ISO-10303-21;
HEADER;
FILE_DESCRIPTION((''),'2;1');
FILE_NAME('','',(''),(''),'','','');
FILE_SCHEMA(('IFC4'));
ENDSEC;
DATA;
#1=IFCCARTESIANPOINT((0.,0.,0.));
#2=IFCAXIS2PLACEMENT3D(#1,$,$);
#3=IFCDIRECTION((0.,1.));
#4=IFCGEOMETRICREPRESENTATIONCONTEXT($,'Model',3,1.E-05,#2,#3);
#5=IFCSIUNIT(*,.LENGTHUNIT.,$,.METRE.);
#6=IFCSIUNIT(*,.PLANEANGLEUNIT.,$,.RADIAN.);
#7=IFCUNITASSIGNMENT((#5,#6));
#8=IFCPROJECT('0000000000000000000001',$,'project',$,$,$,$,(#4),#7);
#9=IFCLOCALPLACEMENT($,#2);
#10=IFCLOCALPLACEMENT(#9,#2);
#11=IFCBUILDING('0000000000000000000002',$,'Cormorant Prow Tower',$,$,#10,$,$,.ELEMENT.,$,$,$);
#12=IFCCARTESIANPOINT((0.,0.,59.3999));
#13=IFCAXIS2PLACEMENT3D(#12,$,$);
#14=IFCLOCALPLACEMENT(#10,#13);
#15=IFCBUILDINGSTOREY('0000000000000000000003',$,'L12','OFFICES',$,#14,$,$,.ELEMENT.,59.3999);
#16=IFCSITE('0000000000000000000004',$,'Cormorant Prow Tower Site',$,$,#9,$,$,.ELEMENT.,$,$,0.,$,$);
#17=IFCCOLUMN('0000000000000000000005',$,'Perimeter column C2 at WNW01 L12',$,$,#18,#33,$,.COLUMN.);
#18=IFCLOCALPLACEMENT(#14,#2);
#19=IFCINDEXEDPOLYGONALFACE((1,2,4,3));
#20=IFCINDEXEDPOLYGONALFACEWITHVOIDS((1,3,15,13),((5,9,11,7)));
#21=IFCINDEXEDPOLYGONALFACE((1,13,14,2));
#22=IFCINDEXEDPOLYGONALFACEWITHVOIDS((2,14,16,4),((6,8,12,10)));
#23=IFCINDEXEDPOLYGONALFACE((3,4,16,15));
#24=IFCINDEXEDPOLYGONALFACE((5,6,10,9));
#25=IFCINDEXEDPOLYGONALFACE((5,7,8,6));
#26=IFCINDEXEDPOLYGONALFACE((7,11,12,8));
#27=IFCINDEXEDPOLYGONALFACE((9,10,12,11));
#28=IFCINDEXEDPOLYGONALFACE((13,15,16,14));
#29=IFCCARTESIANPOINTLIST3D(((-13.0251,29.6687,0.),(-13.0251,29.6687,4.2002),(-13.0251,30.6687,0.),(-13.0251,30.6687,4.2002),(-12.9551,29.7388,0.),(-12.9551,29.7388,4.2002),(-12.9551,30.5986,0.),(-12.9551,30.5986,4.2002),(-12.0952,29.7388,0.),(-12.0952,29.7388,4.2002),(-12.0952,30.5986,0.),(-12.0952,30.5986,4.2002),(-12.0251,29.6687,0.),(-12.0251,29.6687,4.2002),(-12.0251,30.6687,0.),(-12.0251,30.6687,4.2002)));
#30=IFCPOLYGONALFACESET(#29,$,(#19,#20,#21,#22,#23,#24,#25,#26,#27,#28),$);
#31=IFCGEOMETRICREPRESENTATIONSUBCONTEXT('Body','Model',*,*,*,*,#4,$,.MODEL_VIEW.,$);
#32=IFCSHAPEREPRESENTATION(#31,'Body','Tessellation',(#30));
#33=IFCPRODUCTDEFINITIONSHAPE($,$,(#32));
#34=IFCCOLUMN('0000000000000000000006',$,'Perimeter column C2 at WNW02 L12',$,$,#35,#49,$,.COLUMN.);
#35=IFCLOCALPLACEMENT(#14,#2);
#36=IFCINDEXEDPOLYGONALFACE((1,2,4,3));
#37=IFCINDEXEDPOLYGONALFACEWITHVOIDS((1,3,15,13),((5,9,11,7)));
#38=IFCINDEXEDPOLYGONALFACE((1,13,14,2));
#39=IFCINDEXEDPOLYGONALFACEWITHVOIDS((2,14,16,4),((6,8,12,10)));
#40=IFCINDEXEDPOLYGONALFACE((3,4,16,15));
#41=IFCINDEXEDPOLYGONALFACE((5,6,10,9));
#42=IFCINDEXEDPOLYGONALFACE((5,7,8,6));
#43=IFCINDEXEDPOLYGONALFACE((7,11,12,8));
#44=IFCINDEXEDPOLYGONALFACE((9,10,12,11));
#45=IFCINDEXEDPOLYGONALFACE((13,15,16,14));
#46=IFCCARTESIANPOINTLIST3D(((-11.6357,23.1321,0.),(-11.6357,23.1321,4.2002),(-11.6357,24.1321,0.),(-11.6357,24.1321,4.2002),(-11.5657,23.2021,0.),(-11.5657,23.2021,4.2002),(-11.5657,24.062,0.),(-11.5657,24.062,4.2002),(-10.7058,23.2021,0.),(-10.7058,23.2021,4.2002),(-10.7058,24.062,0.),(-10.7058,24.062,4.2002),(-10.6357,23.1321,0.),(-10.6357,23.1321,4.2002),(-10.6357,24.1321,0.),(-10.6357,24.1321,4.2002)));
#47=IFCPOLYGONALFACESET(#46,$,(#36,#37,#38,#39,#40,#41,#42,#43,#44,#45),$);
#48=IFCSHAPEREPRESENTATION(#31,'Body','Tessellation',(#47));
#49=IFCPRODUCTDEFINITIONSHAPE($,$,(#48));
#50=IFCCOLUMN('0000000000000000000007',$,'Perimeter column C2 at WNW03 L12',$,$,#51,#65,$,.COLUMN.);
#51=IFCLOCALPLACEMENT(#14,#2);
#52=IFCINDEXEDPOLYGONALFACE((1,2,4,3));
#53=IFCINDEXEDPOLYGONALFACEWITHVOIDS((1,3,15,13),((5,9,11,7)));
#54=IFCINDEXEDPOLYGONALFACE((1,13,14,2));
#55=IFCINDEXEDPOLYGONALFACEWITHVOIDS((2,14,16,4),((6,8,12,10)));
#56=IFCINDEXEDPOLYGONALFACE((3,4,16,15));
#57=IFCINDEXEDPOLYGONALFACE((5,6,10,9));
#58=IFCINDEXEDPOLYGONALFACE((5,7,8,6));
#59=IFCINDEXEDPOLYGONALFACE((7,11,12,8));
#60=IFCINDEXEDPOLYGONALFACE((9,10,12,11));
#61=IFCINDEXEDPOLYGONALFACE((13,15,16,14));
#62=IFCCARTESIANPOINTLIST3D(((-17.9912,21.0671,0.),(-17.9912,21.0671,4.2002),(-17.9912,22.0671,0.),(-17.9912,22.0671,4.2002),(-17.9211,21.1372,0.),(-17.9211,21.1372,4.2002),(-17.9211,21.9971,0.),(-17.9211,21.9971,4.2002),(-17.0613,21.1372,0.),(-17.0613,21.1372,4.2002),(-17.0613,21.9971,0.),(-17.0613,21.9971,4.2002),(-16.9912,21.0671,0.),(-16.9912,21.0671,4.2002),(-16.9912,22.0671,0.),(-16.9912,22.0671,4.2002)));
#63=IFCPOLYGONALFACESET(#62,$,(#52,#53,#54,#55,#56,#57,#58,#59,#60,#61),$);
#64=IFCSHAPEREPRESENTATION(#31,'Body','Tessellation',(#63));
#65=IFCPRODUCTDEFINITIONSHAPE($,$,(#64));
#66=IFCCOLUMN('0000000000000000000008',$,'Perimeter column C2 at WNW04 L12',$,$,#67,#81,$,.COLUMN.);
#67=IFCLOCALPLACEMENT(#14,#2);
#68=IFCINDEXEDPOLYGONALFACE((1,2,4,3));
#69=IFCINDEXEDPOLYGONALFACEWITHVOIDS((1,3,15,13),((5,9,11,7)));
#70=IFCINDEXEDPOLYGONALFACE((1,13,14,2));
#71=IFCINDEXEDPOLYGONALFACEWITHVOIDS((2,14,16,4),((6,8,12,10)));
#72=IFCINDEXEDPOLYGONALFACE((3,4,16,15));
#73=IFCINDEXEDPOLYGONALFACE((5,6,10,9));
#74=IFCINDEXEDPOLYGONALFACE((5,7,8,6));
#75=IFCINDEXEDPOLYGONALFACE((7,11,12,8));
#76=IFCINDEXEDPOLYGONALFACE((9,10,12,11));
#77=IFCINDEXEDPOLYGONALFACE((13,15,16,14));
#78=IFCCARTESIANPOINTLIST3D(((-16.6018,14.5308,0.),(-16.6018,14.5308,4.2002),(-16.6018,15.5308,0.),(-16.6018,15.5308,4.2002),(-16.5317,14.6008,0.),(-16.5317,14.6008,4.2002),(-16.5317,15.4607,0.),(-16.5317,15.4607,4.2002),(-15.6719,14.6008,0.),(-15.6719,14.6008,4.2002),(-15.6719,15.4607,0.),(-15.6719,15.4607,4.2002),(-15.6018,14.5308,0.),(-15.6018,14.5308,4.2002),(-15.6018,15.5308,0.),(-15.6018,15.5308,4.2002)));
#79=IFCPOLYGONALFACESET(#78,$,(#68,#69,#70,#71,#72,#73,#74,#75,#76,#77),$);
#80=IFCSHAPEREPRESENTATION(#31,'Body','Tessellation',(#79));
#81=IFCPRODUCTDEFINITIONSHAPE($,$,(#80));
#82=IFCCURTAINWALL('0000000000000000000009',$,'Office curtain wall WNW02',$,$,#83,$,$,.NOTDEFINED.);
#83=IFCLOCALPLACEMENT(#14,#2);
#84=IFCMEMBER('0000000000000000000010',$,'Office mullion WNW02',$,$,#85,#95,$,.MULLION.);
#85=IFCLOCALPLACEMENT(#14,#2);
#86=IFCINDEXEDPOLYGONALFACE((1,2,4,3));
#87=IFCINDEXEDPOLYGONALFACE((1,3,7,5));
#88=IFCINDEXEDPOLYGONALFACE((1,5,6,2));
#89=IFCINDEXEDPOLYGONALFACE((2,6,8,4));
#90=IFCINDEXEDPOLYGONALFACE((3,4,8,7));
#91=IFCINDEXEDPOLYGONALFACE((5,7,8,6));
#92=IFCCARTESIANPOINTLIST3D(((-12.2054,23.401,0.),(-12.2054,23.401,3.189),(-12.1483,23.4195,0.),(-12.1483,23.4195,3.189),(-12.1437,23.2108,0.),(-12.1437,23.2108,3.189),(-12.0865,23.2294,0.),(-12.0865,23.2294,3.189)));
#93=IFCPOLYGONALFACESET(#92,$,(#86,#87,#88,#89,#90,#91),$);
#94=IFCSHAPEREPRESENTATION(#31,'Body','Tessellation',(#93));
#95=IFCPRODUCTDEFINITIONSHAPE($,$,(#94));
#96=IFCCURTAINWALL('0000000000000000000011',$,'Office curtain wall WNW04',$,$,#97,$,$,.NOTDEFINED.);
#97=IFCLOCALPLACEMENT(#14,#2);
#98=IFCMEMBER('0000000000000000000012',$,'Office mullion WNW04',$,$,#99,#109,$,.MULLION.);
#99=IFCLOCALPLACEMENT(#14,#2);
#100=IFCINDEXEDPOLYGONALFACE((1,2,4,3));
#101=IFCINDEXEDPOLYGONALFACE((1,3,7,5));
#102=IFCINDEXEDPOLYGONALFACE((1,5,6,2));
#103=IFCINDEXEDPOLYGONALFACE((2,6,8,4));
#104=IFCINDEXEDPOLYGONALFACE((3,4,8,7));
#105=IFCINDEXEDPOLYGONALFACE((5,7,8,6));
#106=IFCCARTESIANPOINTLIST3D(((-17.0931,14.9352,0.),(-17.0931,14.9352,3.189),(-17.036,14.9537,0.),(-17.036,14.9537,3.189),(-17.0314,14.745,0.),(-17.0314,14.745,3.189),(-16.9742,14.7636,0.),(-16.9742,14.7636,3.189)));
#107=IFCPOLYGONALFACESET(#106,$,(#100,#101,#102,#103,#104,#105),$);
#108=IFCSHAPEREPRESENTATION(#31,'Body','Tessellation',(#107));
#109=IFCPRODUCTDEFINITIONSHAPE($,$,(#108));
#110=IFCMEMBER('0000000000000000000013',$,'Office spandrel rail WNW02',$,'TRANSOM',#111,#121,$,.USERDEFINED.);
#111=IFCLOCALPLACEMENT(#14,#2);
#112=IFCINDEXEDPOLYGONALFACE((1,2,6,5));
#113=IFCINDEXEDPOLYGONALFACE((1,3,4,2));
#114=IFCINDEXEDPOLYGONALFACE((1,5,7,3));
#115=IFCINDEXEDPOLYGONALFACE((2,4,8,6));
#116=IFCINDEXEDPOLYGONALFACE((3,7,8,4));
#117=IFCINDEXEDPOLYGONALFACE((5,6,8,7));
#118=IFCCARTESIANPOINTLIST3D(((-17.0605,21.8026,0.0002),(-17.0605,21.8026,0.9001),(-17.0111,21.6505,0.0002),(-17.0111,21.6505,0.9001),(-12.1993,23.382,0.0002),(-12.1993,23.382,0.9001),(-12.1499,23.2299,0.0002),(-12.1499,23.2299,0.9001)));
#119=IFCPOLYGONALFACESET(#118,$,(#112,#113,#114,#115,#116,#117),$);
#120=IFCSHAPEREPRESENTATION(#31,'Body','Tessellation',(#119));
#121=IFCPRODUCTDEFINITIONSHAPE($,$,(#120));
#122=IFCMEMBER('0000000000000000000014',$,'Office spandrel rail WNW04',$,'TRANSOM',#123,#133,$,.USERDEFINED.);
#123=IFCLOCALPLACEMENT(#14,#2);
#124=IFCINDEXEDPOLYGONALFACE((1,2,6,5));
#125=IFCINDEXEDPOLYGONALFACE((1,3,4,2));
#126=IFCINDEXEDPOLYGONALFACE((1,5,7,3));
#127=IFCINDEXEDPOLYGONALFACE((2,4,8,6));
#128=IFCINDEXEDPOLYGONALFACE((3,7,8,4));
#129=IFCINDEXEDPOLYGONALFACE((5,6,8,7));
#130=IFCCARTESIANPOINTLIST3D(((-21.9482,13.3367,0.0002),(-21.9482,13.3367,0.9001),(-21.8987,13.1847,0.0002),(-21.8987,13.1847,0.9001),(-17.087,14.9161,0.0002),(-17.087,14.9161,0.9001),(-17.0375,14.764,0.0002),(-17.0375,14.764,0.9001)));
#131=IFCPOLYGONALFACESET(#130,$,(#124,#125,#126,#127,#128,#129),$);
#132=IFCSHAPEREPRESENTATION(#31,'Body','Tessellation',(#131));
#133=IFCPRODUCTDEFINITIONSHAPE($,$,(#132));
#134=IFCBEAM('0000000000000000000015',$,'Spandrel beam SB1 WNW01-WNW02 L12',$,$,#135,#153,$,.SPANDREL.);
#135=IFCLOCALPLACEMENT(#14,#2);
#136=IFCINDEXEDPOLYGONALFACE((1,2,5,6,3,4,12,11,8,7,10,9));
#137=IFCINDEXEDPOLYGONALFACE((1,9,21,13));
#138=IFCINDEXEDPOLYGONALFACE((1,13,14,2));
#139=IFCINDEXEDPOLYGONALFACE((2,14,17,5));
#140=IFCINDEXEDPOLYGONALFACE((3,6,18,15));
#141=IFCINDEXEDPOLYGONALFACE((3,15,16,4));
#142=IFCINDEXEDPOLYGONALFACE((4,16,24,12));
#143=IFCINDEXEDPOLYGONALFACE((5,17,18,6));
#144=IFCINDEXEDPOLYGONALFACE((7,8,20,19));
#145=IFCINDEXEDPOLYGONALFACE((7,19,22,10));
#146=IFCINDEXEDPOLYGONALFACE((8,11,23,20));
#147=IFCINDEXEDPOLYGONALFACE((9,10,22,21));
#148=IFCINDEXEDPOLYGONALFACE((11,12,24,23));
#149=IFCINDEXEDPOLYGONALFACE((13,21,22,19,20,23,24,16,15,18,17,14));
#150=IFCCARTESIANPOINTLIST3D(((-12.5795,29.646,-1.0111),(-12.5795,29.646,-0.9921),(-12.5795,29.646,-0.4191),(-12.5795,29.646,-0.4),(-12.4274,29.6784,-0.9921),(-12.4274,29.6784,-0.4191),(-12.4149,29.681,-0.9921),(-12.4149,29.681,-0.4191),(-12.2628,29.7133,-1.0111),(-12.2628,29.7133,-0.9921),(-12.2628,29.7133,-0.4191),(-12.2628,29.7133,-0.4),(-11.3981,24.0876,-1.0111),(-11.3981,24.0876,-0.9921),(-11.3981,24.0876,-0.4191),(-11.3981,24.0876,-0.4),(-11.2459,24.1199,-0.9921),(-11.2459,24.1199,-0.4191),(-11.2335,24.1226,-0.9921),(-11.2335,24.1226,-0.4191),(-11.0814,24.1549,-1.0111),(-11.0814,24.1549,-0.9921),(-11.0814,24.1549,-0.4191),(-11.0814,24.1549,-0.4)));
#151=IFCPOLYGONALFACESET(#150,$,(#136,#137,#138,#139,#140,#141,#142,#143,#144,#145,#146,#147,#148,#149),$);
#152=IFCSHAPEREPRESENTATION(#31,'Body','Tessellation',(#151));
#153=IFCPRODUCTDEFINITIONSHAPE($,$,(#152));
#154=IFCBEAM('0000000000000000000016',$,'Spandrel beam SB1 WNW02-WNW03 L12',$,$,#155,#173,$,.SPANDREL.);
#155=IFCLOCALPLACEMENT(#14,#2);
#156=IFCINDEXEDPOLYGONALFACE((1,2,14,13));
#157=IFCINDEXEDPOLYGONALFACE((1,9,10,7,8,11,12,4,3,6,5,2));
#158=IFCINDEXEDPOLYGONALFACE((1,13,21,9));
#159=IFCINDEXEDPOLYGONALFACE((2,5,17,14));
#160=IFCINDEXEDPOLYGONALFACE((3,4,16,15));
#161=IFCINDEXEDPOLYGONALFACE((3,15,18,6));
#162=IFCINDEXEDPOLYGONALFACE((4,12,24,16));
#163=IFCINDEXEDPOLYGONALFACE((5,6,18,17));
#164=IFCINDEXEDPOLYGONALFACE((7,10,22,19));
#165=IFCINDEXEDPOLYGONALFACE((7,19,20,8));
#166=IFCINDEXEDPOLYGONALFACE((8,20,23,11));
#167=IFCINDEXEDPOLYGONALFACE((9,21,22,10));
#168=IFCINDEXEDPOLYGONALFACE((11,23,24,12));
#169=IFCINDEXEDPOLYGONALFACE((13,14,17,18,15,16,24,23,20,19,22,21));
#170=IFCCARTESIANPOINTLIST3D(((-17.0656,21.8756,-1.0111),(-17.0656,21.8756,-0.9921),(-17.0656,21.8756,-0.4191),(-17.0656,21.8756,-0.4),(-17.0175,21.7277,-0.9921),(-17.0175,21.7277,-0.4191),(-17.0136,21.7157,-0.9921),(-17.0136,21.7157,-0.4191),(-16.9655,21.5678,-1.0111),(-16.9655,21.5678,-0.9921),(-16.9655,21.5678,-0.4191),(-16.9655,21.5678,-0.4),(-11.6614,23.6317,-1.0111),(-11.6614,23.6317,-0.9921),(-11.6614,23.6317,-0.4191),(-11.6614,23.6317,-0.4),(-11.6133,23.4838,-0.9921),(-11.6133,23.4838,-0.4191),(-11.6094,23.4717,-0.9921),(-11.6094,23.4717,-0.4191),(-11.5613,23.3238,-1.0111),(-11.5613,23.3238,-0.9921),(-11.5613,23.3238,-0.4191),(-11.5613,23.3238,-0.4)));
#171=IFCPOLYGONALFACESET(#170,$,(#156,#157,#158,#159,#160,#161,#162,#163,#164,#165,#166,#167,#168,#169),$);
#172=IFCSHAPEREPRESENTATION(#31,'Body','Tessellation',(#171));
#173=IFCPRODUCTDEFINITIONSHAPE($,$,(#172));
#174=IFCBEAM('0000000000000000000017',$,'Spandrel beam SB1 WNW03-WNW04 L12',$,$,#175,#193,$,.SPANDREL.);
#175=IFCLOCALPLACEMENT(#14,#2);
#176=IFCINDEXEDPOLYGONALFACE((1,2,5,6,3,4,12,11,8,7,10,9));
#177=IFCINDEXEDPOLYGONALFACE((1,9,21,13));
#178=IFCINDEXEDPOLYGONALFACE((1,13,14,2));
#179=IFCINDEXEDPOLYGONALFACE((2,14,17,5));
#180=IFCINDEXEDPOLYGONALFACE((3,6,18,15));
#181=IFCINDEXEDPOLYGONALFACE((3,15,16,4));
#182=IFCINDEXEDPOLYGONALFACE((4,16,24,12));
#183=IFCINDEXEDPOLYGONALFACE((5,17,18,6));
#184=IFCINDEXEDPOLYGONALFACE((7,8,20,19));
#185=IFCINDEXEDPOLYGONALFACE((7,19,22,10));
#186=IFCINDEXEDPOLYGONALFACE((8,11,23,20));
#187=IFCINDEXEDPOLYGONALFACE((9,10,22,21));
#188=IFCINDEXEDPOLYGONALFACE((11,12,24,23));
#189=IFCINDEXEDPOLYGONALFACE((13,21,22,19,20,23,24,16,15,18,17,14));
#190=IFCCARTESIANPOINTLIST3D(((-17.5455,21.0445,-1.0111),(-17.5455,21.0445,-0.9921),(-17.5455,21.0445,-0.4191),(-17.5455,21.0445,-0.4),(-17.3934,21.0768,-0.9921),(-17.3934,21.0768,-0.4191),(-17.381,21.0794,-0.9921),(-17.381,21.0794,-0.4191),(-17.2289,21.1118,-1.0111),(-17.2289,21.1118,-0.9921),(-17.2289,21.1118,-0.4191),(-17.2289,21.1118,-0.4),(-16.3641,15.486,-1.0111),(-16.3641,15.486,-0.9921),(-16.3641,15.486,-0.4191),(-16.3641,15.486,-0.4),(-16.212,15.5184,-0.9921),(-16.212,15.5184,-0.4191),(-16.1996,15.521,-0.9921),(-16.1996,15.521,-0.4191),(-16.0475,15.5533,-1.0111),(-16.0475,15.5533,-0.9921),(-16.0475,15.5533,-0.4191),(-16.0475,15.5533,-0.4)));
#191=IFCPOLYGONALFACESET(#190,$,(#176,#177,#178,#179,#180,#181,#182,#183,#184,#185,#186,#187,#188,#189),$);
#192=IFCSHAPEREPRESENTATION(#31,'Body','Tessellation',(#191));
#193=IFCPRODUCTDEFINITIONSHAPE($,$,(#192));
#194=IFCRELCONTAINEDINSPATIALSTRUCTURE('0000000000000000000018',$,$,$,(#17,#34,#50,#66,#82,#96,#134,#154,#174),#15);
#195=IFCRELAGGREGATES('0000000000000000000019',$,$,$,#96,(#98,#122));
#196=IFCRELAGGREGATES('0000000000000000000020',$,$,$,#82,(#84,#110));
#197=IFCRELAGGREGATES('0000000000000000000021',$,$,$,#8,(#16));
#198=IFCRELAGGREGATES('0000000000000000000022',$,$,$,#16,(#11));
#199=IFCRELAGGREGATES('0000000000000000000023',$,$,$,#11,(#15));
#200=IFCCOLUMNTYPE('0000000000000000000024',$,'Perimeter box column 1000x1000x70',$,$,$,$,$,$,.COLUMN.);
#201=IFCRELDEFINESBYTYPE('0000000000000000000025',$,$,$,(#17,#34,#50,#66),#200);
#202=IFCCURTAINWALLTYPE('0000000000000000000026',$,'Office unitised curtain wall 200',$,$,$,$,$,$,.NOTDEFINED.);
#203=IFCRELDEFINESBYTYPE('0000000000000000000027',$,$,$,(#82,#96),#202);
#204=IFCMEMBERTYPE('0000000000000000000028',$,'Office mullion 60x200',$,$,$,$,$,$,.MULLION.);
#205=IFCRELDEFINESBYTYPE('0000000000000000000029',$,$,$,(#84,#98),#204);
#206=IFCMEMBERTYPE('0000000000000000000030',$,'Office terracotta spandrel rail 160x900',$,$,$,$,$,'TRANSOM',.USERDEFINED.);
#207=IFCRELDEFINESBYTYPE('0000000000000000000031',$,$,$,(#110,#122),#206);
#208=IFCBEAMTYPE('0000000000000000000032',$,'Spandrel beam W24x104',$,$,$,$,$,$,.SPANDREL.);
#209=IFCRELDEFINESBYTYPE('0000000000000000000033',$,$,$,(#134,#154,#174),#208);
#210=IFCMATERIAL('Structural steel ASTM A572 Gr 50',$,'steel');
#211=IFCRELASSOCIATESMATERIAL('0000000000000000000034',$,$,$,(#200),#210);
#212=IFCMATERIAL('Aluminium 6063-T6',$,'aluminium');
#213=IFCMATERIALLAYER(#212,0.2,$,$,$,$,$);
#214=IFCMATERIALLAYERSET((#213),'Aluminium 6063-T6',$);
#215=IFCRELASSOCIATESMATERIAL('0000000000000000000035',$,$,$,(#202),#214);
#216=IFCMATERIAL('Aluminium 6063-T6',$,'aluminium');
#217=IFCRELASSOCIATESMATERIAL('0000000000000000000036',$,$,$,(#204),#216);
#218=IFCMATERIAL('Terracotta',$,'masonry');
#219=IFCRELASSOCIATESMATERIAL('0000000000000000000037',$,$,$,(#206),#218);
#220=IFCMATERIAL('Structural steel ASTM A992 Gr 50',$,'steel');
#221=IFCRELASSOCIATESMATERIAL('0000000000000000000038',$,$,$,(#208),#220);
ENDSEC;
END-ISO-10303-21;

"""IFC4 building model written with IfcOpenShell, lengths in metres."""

from ifc_helpers import new_model, si_unit, direction, frame, origin, origin_2d, place, context, subcontext, project, spatial, rectangle, hollow_rectangle, i_section, extrude, material, layer, layer_set, material_profile, profile_set, type_object, element, aggregate, save


model = new_model("IFC4")

# Units and contexts
model_context = context("Model", 3, precision=1e-05, world=origin(), true_north=direction((0.0, 1.0)))
body_context = subcontext(model_context, "Body", "Model", "MODEL_VIEW")
ifc_project = project(units=[si_unit("LENGTHUNIT", "METRE"), si_unit("PLANEANGLEUNIT", "RADIAN")], contexts=[model_context])

# Site, building, storey
site_placement = place(None, origin())
site = spatial("IfcSite", under=ifc_project, at=site_placement, Name="Cormorant Prow Tower Site", CompositionType="ELEMENT", RefElevation=0.0)
building_placement = place(site_placement, origin())
building = spatial("IfcBuilding", under=site, at=building_placement, Name="Cormorant Prow Tower", CompositionType="ELEMENT")
storey_placement = place(building_placement, frame((0.0, 0.0, 59.3999)))
storey = spatial("IfcBuildingStorey", under=building, at=storey_placement, Name="L12", Description="OFFICES", CompositionType="ELEMENT", Elevation=59.3999)

# Columns
ifc_material_1 = material(Name="Structural steel ASTM A572 Gr 50", Category="steel")
ifc_material_profile_1 = material_profile(ifc_material_1, hollow_rectangle(XDim=1.0, YDim=1.0, WallThickness=0.0701, at=origin_2d()), Name="Box 1000x1000x70")
ifc_profile_set_1 = profile_set([ifc_material_profile_1], Name="Structural steel ASTM A572 Gr 50")
column_type = type_object("IfcColumnType", Name="Perimeter box column 1000x1000x70", PredefinedType="COLUMN", material=ifc_profile_set_1)
for number, where, z_axis, x_axis, name in (
    (1, (-12.5251, 30.1687, 0.0), (0.0, 0.0, 1.0), (1.0, 0.0, 0.0), "Perimeter column C2 at WNW01 L12"),
    (2, (-11.1357, 23.6321, 0.0), (0.0, 0.0, 1.0), (1.0, 0.0, 0.0), "Perimeter column C2 at WNW02 L12"),
    (3, (-17.4912, 21.5671, 0.0), (0.0, 0.0, 1.0), (1.0, 0.0, 0.0), "Perimeter column C2 at WNW03 L12"),
    (4, (-16.1018, 15.0308, 0.0), (0.0, 0.0, 1.0), (1.0, 0.0, 0.0), "Perimeter column C2 at WNW04 L12"),
):
    element("IfcColumn", number, at=place(storey_placement, frame(where, z_axis=z_axis, x_axis=x_axis)), inside=storey, type_object=column_type, Name=name, PredefinedType="COLUMN", context=body_context, shape_type="SweptSolid", body=[
        extrude(hollow_rectangle(XDim=1.0, YDim=1.0, WallThickness=0.0701, at=origin_2d()), origin(), (0.0, 0.0, 1.0), 4.2002),
    ])

# Curtain walls, members
ifc_material_2 = material(Name="Aluminium 6063-T6", Category="aluminium")
ifc_layer_1 = layer(ifc_material_2, 0.2)
ifc_layer_set_1 = layer_set([ifc_layer_1], Name="Aluminium 6063-T6")
curtain_wall_type = type_object("IfcCurtainWallType", Name="Office unitised curtain wall 200", PredefinedType="NOTDEFINED", material=ifc_layer_set_1)
curtain_wall_1_placement = place(storey_placement, origin())
curtain_wall_1 = element("IfcCurtainWall", 5, at=curtain_wall_1_placement, inside=storey, type_object=curtain_wall_type, Name="Office curtain wall WNW02", PredefinedType="NOTDEFINED")
ifc_material_3 = material(Name="Aluminium 6063-T6", Category="aluminium")
ifc_material_profile_2 = material_profile(ifc_material_3, rectangle(XDim=0.2, YDim=0.0601, at=origin_2d()), Name="Office mullion 60x200")
ifc_profile_set_2 = profile_set([ifc_material_profile_2], Name="Aluminium 6063-T6")
member_type_1 = type_object("IfcMemberType", Name="Office mullion 60x200", PredefinedType="MULLION", material=ifc_profile_set_2)
member_1_placement = place(storey_placement, frame((-12.146, 23.3152, 0.0), z_axis=(0.0, 0.0, 1.0), x_axis=(0.309017, -0.951057, 0.0)))
member_1 = element("IfcMember", 6, at=member_1_placement, type_object=member_type_1, Name="Office mullion WNW02", PredefinedType="MULLION", context=body_context, shape_type="SweptSolid", body=[
    extrude(rectangle(XDim=0.2, YDim=0.0601, at=origin_2d()), origin(), (0.0, 0.0, 1.0), 3.189),
])
curtain_wall_2_placement = place(storey_placement, origin())
curtain_wall_2 = element("IfcCurtainWall", 7, at=curtain_wall_2_placement, inside=storey, type_object=curtain_wall_type, Name="Office curtain wall WNW04", PredefinedType="NOTDEFINED")
member_2_placement = place(storey_placement, frame((-17.0337, 14.8494, 0.0), z_axis=(0.0, 0.0, 1.0), x_axis=(0.309017, -0.951056, 0.0)))
member_2 = element("IfcMember", 8, at=member_2_placement, type_object=member_type_1, Name="Office mullion WNW04", PredefinedType="MULLION", context=body_context, shape_type="SweptSolid", body=[
    extrude(rectangle(XDim=0.2, YDim=0.0601, at=origin_2d()), origin(), (0.0, 0.0, 1.0), 3.189),
])

# Members
ifc_material_4 = material(Name="Terracotta", Category="masonry")
ifc_material_profile_3 = material_profile(ifc_material_4, rectangle(XDim=0.1599, YDim=0.8999, at=origin_2d()), Name="Office terracotta spandrel rail 160x900")
ifc_profile_set_3 = profile_set([ifc_material_profile_3], Name="Terracotta")
member_type_2 = type_object("IfcMemberType", Name="Office terracotta spandrel rail 160x900", ElementType="TRANSOM", PredefinedType="USERDEFINED", material=ifc_profile_set_3)
member_3_placement = place(storey_placement, frame((-12.1746, 23.3059, 0.4502), z_axis=(-0.951063, -0.308996, 0.0), x_axis=(0.308996, -0.951063, 0.0)))
member_3 = element("IfcMember", 9, at=member_3_placement, type_object=member_type_2, Name="Office spandrel rail WNW02", ObjectType="TRANSOM", PredefinedType="USERDEFINED", context=body_context, shape_type="SweptSolid", body=[
    extrude(rectangle(XDim=0.1599, YDim=0.8999, at=origin_2d()), origin(), (0.0, 0.0, 1.0), 5.1113),
])
member_4_placement = place(storey_placement, frame((-17.0623, 14.8401, 0.4502), z_axis=(-0.951063, -0.308996, 0.0), x_axis=(0.308996, -0.951063, 0.0)))
member_4 = element("IfcMember", 10, at=member_4_placement, type_object=member_type_2, Name="Office spandrel rail WNW04", ObjectType="TRANSOM", PredefinedType="USERDEFINED", context=body_context, shape_type="SweptSolid", body=[
    extrude(rectangle(XDim=0.1599, YDim=0.8999, at=origin_2d()), origin(), (0.0, 0.0, 1.0), 5.1113),
])
aggregate(curtain_wall_2, [member_2, member_4])

# Beams
ifc_material_5 = material(Name="Structural steel ASTM A992 Gr 50", Category="steel")
ifc_material_profile_4 = material_profile(ifc_material_5, i_section(OverallWidth=0.3237, OverallDepth=0.6111, WebThickness=0.0127, FlangeThickness=0.019, at=origin_2d()), Name="W24x104")
ifc_profile_set_4 = profile_set([ifc_material_profile_4], Name="Structural steel ASTM A992 Gr 50")
beam_type = type_object("IfcBeamType", Name="Spandrel beam W24x104", PredefinedType="SPANDREL", material=ifc_profile_set_4)
beam_1_placement = place(storey_placement, frame((-12.4211, 29.6797, -0.7056), z_axis=(0.2079, -0.97815, 0.0), x_axis=(0.97815, 0.2079, 0.0)))
element("IfcBeam", 11, at=beam_1_placement, inside=storey, type_object=beam_type, Name="Spandrel beam SB1 WNW01-WNW02 L12", PredefinedType="SPANDREL", context=body_context, shape_type="SweptSolid", body=[
    extrude(i_section(OverallWidth=0.3237, OverallDepth=0.6111, WebThickness=0.0127, FlangeThickness=0.019, at=origin_2d()), origin(), (0.0, 0.0, 1.0), 5.6826),
])
beam_2_placement = place(storey_placement, frame((-11.6113, 23.4778, -0.7056), z_axis=(-0.951049, -0.309039, 0.0), x_axis=(0.309039, -0.951049, 0.0)))
element("IfcBeam", 12, at=beam_2_placement, inside=storey, type_object=beam_type, Name="Spandrel beam SB1 WNW02-WNW03 L12", PredefinedType="SPANDREL", context=body_context, shape_type="SweptSolid", body=[
    extrude(i_section(OverallWidth=0.3237, OverallDepth=0.6111, WebThickness=0.0127, FlangeThickness=0.019, at=origin_2d()), origin(), (0.0, 0.0, 1.0), 5.6824),
])
beam_3_placement = place(storey_placement, frame((-17.3872, 21.0781, -0.7056), z_axis=(0.2079, -0.97815, 0.0), x_axis=(0.97815, 0.2079, 0.0)))
element("IfcBeam", 13, at=beam_3_placement, inside=storey, type_object=beam_type, Name="Spandrel beam SB1 WNW03-WNW04 L12", PredefinedType="SPANDREL", context=body_context, shape_type="SweptSolid", body=[
    extrude(i_section(OverallWidth=0.3237, OverallDepth=0.6111, WebThickness=0.0127, FlangeThickness=0.019, at=origin_2d()), origin(), (0.0, 0.0, 1.0), 5.6826),
])

aggregate(curtain_wall_1, [member_1, member_3])

save(model, "model.ifc")
